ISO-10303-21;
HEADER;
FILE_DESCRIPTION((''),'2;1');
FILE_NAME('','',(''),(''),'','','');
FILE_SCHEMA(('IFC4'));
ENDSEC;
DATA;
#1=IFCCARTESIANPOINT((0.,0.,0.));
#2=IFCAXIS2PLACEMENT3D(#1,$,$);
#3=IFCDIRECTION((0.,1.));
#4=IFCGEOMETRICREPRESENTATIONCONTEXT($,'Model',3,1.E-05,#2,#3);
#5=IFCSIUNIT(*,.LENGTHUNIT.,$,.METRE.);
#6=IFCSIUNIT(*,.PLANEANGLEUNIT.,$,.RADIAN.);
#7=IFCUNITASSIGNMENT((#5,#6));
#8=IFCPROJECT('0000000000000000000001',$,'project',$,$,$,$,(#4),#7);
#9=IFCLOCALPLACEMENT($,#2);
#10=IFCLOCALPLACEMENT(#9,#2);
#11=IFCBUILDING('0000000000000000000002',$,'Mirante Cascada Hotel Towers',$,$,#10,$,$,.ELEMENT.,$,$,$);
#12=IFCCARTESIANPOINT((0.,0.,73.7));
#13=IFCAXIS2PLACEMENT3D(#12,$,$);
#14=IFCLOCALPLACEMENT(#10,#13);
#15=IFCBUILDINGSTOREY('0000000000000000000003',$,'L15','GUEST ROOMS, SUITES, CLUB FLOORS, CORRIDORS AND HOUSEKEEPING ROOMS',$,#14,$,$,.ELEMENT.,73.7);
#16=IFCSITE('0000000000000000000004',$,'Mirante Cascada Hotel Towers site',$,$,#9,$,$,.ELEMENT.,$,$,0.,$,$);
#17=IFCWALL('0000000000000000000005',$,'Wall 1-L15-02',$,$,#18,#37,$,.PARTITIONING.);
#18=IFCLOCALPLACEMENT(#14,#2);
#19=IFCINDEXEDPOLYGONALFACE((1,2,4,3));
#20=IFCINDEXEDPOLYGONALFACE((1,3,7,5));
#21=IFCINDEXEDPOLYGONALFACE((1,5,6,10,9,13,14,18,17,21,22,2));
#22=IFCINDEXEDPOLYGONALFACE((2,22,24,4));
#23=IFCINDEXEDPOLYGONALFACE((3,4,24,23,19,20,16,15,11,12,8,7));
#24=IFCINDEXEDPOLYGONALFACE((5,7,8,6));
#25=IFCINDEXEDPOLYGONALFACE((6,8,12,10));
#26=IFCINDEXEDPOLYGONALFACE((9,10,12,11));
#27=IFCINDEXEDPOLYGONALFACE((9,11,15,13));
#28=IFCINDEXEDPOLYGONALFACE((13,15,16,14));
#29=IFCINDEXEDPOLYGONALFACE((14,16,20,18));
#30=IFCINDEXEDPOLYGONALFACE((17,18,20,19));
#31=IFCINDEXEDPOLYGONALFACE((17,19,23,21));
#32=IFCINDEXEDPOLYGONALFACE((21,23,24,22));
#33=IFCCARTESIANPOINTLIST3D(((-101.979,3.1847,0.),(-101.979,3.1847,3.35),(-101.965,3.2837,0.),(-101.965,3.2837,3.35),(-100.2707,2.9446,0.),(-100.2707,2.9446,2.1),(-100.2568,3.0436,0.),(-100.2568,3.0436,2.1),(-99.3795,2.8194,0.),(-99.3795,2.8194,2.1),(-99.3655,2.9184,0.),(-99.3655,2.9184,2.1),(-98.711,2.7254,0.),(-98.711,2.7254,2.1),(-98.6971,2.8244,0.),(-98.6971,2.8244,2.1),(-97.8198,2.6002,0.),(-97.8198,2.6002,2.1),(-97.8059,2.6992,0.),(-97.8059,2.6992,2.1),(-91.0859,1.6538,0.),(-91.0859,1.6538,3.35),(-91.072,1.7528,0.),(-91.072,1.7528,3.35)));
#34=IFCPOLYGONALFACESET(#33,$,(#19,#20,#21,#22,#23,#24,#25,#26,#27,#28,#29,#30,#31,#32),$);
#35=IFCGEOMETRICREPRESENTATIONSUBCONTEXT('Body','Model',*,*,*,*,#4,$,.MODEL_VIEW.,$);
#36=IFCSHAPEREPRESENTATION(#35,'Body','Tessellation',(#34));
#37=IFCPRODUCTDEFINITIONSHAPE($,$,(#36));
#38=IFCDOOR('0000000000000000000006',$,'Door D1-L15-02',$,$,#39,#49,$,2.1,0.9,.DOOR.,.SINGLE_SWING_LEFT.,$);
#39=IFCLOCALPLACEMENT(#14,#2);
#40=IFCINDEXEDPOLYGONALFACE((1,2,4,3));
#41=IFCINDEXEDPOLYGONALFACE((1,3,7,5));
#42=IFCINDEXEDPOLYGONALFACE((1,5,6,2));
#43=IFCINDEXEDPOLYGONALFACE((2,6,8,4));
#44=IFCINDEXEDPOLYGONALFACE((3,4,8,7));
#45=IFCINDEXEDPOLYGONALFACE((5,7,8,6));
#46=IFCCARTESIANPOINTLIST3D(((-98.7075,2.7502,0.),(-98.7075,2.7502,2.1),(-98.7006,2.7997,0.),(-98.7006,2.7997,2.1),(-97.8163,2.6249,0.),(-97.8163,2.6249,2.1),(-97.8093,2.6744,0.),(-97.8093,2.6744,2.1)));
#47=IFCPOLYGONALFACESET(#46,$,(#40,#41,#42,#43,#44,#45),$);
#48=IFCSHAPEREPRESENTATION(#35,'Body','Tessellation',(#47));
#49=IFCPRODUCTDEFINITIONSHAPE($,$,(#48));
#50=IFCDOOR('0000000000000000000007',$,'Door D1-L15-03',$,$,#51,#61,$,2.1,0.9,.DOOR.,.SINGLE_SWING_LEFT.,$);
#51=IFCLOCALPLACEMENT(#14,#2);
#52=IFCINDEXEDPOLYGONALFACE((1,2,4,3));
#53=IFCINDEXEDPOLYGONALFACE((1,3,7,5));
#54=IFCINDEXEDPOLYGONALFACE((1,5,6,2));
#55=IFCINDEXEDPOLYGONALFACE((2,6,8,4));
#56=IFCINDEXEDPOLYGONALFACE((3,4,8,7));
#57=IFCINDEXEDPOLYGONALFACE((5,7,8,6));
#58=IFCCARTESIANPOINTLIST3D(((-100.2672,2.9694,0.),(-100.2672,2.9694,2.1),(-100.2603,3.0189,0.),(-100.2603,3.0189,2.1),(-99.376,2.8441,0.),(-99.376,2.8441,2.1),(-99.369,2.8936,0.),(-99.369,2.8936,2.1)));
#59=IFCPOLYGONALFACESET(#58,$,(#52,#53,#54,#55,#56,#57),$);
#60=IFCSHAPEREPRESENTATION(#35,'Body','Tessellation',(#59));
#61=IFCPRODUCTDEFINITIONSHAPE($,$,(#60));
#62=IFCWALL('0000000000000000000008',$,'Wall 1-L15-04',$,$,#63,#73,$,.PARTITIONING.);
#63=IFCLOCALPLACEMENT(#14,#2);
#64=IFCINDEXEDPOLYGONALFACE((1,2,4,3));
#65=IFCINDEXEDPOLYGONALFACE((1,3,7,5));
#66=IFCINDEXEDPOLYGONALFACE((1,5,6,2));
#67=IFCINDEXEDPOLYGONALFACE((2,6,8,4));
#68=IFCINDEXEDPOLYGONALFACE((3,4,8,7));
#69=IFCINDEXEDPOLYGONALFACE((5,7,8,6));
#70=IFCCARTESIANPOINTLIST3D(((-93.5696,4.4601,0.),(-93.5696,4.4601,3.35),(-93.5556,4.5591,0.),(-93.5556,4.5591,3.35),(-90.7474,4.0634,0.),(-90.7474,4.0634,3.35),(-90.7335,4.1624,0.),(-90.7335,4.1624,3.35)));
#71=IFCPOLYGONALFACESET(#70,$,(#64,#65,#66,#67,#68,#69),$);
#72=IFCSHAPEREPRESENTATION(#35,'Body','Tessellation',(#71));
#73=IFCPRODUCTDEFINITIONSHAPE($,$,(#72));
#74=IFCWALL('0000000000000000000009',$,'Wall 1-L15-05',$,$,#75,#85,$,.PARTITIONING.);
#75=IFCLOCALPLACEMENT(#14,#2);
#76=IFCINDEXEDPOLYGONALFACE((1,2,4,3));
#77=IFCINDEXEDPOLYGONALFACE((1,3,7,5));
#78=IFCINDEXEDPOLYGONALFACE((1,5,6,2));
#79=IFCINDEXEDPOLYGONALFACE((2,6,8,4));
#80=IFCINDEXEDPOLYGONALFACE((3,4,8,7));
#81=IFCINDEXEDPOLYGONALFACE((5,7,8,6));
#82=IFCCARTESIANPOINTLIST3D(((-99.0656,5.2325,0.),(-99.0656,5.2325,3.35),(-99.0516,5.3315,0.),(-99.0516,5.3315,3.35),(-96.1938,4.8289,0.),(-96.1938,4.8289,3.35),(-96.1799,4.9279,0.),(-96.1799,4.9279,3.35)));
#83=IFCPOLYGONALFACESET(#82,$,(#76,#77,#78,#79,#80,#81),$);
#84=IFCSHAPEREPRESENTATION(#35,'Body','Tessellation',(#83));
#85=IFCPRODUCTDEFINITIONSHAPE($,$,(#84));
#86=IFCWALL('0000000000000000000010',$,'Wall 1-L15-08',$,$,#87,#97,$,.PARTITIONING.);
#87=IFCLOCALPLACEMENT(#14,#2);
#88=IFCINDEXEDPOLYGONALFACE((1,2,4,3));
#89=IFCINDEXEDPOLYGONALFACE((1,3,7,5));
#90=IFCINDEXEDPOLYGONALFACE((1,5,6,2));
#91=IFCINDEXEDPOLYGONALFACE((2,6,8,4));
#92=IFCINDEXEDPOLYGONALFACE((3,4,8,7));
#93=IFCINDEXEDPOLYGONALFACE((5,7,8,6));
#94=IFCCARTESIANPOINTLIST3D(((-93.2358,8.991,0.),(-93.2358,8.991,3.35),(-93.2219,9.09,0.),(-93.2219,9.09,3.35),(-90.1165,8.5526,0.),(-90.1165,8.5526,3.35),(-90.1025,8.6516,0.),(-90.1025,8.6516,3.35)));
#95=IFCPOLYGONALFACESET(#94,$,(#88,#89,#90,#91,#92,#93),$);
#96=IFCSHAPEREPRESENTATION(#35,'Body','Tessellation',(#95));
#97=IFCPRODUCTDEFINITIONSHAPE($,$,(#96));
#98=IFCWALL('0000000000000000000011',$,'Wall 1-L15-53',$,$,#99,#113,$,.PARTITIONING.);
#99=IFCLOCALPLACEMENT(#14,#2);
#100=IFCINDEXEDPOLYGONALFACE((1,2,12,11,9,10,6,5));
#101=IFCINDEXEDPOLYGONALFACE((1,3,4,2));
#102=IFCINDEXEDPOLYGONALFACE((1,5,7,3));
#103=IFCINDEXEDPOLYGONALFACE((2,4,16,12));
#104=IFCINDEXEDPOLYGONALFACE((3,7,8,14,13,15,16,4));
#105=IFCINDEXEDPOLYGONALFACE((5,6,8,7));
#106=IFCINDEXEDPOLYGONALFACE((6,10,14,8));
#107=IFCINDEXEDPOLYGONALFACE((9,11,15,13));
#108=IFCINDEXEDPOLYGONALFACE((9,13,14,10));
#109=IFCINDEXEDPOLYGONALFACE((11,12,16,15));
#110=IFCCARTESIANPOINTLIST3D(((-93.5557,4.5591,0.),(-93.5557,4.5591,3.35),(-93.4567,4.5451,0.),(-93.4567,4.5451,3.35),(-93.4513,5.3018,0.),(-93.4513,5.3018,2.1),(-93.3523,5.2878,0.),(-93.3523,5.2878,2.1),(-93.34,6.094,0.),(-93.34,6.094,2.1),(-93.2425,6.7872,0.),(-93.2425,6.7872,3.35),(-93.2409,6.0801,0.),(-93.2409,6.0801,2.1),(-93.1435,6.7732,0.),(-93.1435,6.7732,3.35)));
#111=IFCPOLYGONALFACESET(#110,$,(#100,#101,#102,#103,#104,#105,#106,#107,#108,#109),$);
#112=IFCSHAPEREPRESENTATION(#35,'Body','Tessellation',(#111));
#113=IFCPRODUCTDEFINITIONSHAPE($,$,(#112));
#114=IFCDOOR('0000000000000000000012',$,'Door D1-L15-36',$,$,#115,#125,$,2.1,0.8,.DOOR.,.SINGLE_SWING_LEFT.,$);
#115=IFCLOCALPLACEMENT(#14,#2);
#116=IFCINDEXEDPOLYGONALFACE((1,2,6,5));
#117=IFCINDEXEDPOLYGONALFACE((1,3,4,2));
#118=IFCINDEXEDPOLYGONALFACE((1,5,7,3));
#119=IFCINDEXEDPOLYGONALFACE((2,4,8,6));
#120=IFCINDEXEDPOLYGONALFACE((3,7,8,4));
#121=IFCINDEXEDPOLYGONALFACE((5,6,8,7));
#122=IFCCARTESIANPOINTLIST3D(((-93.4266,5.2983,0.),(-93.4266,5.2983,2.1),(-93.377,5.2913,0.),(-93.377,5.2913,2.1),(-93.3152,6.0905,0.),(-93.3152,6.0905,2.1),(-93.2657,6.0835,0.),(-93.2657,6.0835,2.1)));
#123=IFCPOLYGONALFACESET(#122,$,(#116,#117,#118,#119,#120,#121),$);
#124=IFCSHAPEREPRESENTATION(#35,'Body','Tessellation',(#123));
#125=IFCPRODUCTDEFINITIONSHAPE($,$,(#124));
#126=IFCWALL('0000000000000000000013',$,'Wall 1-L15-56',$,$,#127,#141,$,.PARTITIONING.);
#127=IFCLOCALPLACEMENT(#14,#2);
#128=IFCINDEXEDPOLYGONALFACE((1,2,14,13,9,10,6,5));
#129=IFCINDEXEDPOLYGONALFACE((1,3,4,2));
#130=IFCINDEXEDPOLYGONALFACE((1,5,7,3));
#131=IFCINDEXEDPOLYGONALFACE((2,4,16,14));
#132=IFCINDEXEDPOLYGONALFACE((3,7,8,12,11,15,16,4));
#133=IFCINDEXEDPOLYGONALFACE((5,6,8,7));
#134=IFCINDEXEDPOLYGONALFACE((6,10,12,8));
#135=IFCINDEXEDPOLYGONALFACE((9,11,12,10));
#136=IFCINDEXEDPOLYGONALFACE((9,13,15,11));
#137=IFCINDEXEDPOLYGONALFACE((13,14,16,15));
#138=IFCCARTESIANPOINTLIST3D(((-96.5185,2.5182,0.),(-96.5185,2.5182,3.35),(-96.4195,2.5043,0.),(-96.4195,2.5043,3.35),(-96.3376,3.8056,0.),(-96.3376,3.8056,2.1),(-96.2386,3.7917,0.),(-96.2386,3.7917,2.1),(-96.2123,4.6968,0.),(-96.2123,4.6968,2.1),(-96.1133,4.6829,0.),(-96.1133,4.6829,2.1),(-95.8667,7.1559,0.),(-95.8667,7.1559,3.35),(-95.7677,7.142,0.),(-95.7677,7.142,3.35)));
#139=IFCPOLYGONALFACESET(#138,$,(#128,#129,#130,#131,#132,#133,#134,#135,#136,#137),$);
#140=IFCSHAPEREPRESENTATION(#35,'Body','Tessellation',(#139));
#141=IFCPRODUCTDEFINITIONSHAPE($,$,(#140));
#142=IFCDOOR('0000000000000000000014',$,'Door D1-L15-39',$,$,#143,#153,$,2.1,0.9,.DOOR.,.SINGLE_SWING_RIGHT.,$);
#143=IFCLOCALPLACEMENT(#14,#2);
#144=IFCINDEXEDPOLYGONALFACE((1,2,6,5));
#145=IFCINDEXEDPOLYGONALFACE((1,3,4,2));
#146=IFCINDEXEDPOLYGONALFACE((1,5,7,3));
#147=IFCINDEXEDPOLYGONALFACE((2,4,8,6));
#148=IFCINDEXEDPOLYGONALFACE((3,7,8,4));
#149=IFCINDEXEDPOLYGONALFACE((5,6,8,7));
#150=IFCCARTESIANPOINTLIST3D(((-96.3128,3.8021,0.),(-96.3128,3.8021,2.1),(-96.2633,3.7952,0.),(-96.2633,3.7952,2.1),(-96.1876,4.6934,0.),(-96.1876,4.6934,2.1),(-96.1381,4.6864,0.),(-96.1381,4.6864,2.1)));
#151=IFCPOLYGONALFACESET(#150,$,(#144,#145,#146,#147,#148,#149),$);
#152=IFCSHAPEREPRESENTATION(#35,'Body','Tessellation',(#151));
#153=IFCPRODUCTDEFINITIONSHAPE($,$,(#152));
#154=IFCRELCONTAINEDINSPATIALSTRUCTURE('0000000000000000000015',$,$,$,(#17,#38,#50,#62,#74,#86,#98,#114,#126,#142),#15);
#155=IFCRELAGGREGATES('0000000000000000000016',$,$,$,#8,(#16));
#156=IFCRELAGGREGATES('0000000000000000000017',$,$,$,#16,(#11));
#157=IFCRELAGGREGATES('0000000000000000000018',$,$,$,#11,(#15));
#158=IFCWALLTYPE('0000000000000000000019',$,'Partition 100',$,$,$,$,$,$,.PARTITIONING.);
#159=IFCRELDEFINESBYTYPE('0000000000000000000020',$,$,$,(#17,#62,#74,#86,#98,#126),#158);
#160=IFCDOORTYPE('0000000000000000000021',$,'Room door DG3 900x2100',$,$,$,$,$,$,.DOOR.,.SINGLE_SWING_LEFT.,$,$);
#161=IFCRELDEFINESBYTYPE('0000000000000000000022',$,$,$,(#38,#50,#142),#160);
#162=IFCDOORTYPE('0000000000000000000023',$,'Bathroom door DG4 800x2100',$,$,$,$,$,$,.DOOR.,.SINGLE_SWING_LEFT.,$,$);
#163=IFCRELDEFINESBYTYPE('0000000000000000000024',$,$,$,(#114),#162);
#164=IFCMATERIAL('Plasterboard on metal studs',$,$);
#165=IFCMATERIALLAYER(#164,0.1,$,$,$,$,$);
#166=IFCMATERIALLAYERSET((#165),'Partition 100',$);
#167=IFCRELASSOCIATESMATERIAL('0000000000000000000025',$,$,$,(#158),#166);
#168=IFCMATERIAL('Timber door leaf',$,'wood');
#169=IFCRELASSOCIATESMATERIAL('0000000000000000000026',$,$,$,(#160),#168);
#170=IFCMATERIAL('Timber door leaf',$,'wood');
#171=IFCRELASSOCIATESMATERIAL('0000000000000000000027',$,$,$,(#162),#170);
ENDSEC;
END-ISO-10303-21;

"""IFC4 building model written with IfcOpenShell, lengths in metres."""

from ifc_helpers import new_model, si_unit, direction, frame, frame_2d, origin, place, context, subcontext, project, spatial, rectangle, extrude, material, layer, layer_set, type_object, element, fill, save


model = new_model("IFC4")

# Units and contexts
model_context = context("Model", 3, precision=1e-05, world=origin(), true_north=direction((0.0, 1.0)))
body_context = subcontext(model_context, "Body", "Model", "MODEL_VIEW")
ifc_project = project(units=[si_unit("LENGTHUNIT", "METRE"), si_unit("PLANEANGLEUNIT", "RADIAN")], contexts=[model_context])

# Site, building, storey
site_placement = place(None, origin())
site = spatial("IfcSite", under=ifc_project, at=site_placement, Name="Mirante Cascada Hotel Towers site", CompositionType="ELEMENT", RefElevation=0.0)
building_placement = place(site_placement, origin())
building = spatial("IfcBuilding", under=site, at=building_placement, Name="Mirante Cascada Hotel Towers", CompositionType="ELEMENT")
storey_placement = place(building_placement, frame((0.0, 0.0, 73.7)))
storey = spatial("IfcBuildingStorey", under=building, at=storey_placement, Name="L15", Description="GUEST ROOMS, SUITES, CLUB FLOORS, CORRIDORS AND HOUSEKEEPING ROOMS", CompositionType="ELEMENT", Elevation=73.7)

# Wall, openings, doors
ifc_material_1 = material(Name="Plasterboard on metal studs")
ifc_layer_1 = layer(ifc_material_1, 0.1)
ifc_layer_set_1 = layer_set([ifc_layer_1], Name="Partition 100")
wall_type_1 = type_object("IfcWallType", Name="Partition 100", PredefinedType="PARTITIONING", material=ifc_layer_set_1)
wall_1_placement = place(storey_placement, frame((-91.079, 1.7033, 0.0), z_axis=(0.0, 0.0, 1.0), x_axis=(-0.990268, 0.139172, 0.0)))
wall_1 = element("IfcWall", 1, at=wall_1_placement, inside=storey, type_object=wall_type_1, Name="Wall 1-L15-02", PredefinedType="PARTITIONING", context=body_context, shape_type="SweptSolid", body=[
    extrude(rectangle(XDim=11.0001, YDim=0.1, at=frame_2d((5.5, 0.0))), origin(), (0.0, 0.0, 1.0), 3.35),
])
opening_1_placement = place(wall_1_placement, frame((6.8, 0.0, 0.0)))
opening_1 = element("IfcOpeningElement", 2, at=opening_1_placement, cuts=wall_1, PredefinedType="OPENING", context=body_context, shape_type="SweptSolid", body=[
    extrude(rectangle(XDim=0.9, YDim=2.1, at=frame_2d((0.45, 1.05))), frame((0.0, 0.05, 0.0), z_axis=(0.0, -1.0, 0.0), x_axis=(1.0, 0.0, 0.0)), (0.0, 0.0, 1.0), 0.1),
])
opening_2_placement = place(wall_1_placement, frame((8.375, 0.0, 0.0)))
opening_2 = element("IfcOpeningElement", 3, at=opening_2_placement, cuts=wall_1, PredefinedType="OPENING", context=body_context, shape_type="SweptSolid", body=[
    extrude(rectangle(XDim=0.9, YDim=2.1, at=frame_2d((0.45, 1.05))), frame((0.0, 0.05, 0.0), z_axis=(0.0, -1.0, 0.0), x_axis=(1.0, 0.0, 0.0)), (0.0, 0.0, 1.0), 0.1),
])
ifc_material_2 = material(Name="Timber door leaf", Category="wood")
door_type_1 = type_object("IfcDoorType", Name="Room door DG3 900x2100", OperationType="SINGLE_SWING_LEFT", PredefinedType="DOOR", material=ifc_material_2)
door_1_placement = place(opening_1_placement, origin())
door_1 = element("IfcDoor", 4, at=door_1_placement, inside=storey, type_object=door_type_1, Name="Door D1-L15-02", OperationType="SINGLE_SWING_LEFT", OverallHeight=2.1, OverallWidth=0.9, PredefinedType="DOOR", context=body_context, shape_type="SweptSolid", body=[
    extrude(rectangle(XDim=0.9, YDim=2.1, at=frame_2d((0.45, 1.05))), frame((0.0, 0.025, 0.0), z_axis=(0.0, -1.0, 0.0), x_axis=(1.0, 0.0, 0.0)), (0.0, 0.0, 1.0), 0.05),
])
fill(opening_1, door_1)
door_2_placement = place(opening_2_placement, origin())
door_2 = element("IfcDoor", 5, at=door_2_placement, inside=storey, type_object=door_type_1, Name="Door D1-L15-03", OperationType="SINGLE_SWING_LEFT", OverallHeight=2.1, OverallWidth=0.9, PredefinedType="DOOR", context=body_context, shape_type="SweptSolid", body=[
    extrude(rectangle(XDim=0.9, YDim=2.1, at=frame_2d((0.45, 1.05))), frame((0.0, 0.025, 0.0), z_axis=(0.0, -1.0, 0.0), x_axis=(1.0, 0.0, 0.0)), (0.0, 0.0, 1.0), 0.05),
])
fill(opening_2, door_2)

# Walls
wall_2_placement = place(storey_placement, frame((-90.7404, 4.1129, 0.0), z_axis=(0.0, 0.0, 1.0), x_axis=(-0.990265, 0.139196, 0.0)))
element("IfcWall", 6, at=wall_2_placement, inside=storey, type_object=wall_type_1, Name="Wall 1-L15-04", PredefinedType="PARTITIONING", context=body_context, shape_type="SweptSolid", body=[
    extrude(rectangle(XDim=2.8499, YDim=0.1, at=frame_2d((1.425, 0.0))), origin(), (0.0, 0.0, 1.0), 3.35),
])
wall_3_placement = place(storey_placement, frame((-99.0586, 5.282, 0.0), z_axis=(0.0, 0.0, 1.0), x_axis=(0.990268, -0.139171, 0.0)))
element("IfcWall", 7, at=wall_3_placement, inside=storey, type_object=wall_type_1, Name="Wall 1-L15-05", PredefinedType="PARTITIONING", context=body_context, shape_type="SweptSolid", body=[
    extrude(rectangle(XDim=2.9, YDim=0.1, at=frame_2d((1.45, 0.0))), origin(), (0.0, 0.0, 1.0), 3.35),
])
wall_4_placement = place(storey_placement, frame((-90.1095, 8.6021, 0.0), z_axis=(0.0, 0.0, 1.0), x_axis=(-0.990268, 0.139177, 0.0)))
element("IfcWall", 8, at=wall_4_placement, inside=storey, type_object=wall_type_1, Name="Wall 1-L15-08", PredefinedType="PARTITIONING", context=body_context, shape_type="SweptSolid", body=[
    extrude(rectangle(XDim=3.15, YDim=0.1, at=frame_2d((1.575, 0.0))), origin(), (0.0, 0.0, 1.0), 3.35),
])

# Walls, openings, doors
wall_5_placement = place(storey_placement, frame((-93.193, 6.7802, 0.0), z_axis=(0.0, 0.0, 1.0), x_axis=(-0.1392, -0.990264, 0.0)))
wall_5 = element("IfcWall", 9, at=wall_5_placement, inside=storey, type_object=wall_type_1, Name="Wall 1-L15-53", PredefinedType="PARTITIONING", context=body_context, shape_type="SweptSolid", body=[
    extrude(rectangle(XDim=2.25, YDim=0.1, at=frame_2d((1.125, 0.0))), origin(), (0.0, 0.0, 1.0), 3.35),
])
opening_3_placement = place(wall_5_placement, frame((0.7, 0.0, 0.0)))
opening_3 = element("IfcOpeningElement", 10, at=opening_3_placement, cuts=wall_5, PredefinedType="OPENING", context=body_context, shape_type="SweptSolid", body=[
    extrude(rectangle(XDim=0.8, YDim=2.1, at=frame_2d((0.4, 1.05))), frame((0.0, 0.05, 0.0), z_axis=(0.0, -1.0, 0.0), x_axis=(1.0, 0.0, 0.0)), (0.0, 0.0, 1.0), 0.1),
])
ifc_material_3 = material(Name="Timber door leaf", Category="wood")
door_type_2 = type_object("IfcDoorType", Name="Bathroom door DG4 800x2100", OperationType="SINGLE_SWING_LEFT", PredefinedType="DOOR", material=ifc_material_3)
door_3_placement = place(opening_3_placement, origin())
door_3 = element("IfcDoor", 11, at=door_3_placement, inside=storey, type_object=door_type_2, Name="Door D1-L15-36", OperationType="SINGLE_SWING_LEFT", OverallHeight=2.1, OverallWidth=0.8, PredefinedType="DOOR", context=body_context, shape_type="SweptSolid", body=[
    extrude(rectangle(XDim=0.8, YDim=2.1, at=frame_2d((0.4, 1.05))), frame((0.0, 0.025, 0.0), z_axis=(0.0, -1.0, 0.0), x_axis=(1.0, 0.0, 0.0)), (0.0, 0.0, 1.0), 0.05),
])
fill(opening_3, door_3)
wall_6_placement = place(storey_placement, frame((-96.469, 2.5113, 0.0), z_axis=(0.0, 0.0, 1.0), x_axis=(0.139176, 0.990268, 0.0)))
wall_6 = element("IfcWall", 12, at=wall_6_placement, inside=storey, type_object=wall_type_1, Name="Wall 1-L15-56", PredefinedType="PARTITIONING", context=body_context, shape_type="SweptSolid", body=[
    extrude(rectangle(XDim=4.6833, YDim=0.1, at=frame_2d((2.3416, 0.0))), origin(), (0.0, 0.0, 1.0), 3.35),
])
opening_4_placement = place(wall_6_placement, frame((1.3, 0.0, 0.0)))
opening_4 = element("IfcOpeningElement", 13, at=opening_4_placement, cuts=wall_6, PredefinedType="OPENING", context=body_context, shape_type="SweptSolid", body=[
    extrude(rectangle(XDim=0.9, YDim=2.1, at=frame_2d((0.45, 1.05))), frame((0.0, 0.05, 0.0), z_axis=(0.0, -1.0, 0.0), x_axis=(1.0, 0.0, 0.0)), (0.0, 0.0, 1.0), 0.1),
])
door_4_placement = place(opening_4_placement, frame((0.9, 0.0, 0.0), z_axis=(0.0, 0.0, 1.0), x_axis=(-1.0, 0.0, 0.0)))
door_4 = element("IfcDoor", 14, at=door_4_placement, inside=storey, type_object=door_type_1, Name="Door D1-L15-39", OperationType="SINGLE_SWING_RIGHT", OverallHeight=2.1, OverallWidth=0.9, PredefinedType="DOOR", context=body_context, shape_type="SweptSolid", body=[
    extrude(rectangle(XDim=0.9, YDim=2.1, at=frame_2d((0.45, 1.05))), frame((0.0, 0.025, 0.0), z_axis=(0.0, -1.0, 0.0), x_axis=(1.0, 0.0, 0.0)), (0.0, 0.0, 1.0), 0.05),
])
fill(opening_4, door_4)

save(model, "model.ifc")
